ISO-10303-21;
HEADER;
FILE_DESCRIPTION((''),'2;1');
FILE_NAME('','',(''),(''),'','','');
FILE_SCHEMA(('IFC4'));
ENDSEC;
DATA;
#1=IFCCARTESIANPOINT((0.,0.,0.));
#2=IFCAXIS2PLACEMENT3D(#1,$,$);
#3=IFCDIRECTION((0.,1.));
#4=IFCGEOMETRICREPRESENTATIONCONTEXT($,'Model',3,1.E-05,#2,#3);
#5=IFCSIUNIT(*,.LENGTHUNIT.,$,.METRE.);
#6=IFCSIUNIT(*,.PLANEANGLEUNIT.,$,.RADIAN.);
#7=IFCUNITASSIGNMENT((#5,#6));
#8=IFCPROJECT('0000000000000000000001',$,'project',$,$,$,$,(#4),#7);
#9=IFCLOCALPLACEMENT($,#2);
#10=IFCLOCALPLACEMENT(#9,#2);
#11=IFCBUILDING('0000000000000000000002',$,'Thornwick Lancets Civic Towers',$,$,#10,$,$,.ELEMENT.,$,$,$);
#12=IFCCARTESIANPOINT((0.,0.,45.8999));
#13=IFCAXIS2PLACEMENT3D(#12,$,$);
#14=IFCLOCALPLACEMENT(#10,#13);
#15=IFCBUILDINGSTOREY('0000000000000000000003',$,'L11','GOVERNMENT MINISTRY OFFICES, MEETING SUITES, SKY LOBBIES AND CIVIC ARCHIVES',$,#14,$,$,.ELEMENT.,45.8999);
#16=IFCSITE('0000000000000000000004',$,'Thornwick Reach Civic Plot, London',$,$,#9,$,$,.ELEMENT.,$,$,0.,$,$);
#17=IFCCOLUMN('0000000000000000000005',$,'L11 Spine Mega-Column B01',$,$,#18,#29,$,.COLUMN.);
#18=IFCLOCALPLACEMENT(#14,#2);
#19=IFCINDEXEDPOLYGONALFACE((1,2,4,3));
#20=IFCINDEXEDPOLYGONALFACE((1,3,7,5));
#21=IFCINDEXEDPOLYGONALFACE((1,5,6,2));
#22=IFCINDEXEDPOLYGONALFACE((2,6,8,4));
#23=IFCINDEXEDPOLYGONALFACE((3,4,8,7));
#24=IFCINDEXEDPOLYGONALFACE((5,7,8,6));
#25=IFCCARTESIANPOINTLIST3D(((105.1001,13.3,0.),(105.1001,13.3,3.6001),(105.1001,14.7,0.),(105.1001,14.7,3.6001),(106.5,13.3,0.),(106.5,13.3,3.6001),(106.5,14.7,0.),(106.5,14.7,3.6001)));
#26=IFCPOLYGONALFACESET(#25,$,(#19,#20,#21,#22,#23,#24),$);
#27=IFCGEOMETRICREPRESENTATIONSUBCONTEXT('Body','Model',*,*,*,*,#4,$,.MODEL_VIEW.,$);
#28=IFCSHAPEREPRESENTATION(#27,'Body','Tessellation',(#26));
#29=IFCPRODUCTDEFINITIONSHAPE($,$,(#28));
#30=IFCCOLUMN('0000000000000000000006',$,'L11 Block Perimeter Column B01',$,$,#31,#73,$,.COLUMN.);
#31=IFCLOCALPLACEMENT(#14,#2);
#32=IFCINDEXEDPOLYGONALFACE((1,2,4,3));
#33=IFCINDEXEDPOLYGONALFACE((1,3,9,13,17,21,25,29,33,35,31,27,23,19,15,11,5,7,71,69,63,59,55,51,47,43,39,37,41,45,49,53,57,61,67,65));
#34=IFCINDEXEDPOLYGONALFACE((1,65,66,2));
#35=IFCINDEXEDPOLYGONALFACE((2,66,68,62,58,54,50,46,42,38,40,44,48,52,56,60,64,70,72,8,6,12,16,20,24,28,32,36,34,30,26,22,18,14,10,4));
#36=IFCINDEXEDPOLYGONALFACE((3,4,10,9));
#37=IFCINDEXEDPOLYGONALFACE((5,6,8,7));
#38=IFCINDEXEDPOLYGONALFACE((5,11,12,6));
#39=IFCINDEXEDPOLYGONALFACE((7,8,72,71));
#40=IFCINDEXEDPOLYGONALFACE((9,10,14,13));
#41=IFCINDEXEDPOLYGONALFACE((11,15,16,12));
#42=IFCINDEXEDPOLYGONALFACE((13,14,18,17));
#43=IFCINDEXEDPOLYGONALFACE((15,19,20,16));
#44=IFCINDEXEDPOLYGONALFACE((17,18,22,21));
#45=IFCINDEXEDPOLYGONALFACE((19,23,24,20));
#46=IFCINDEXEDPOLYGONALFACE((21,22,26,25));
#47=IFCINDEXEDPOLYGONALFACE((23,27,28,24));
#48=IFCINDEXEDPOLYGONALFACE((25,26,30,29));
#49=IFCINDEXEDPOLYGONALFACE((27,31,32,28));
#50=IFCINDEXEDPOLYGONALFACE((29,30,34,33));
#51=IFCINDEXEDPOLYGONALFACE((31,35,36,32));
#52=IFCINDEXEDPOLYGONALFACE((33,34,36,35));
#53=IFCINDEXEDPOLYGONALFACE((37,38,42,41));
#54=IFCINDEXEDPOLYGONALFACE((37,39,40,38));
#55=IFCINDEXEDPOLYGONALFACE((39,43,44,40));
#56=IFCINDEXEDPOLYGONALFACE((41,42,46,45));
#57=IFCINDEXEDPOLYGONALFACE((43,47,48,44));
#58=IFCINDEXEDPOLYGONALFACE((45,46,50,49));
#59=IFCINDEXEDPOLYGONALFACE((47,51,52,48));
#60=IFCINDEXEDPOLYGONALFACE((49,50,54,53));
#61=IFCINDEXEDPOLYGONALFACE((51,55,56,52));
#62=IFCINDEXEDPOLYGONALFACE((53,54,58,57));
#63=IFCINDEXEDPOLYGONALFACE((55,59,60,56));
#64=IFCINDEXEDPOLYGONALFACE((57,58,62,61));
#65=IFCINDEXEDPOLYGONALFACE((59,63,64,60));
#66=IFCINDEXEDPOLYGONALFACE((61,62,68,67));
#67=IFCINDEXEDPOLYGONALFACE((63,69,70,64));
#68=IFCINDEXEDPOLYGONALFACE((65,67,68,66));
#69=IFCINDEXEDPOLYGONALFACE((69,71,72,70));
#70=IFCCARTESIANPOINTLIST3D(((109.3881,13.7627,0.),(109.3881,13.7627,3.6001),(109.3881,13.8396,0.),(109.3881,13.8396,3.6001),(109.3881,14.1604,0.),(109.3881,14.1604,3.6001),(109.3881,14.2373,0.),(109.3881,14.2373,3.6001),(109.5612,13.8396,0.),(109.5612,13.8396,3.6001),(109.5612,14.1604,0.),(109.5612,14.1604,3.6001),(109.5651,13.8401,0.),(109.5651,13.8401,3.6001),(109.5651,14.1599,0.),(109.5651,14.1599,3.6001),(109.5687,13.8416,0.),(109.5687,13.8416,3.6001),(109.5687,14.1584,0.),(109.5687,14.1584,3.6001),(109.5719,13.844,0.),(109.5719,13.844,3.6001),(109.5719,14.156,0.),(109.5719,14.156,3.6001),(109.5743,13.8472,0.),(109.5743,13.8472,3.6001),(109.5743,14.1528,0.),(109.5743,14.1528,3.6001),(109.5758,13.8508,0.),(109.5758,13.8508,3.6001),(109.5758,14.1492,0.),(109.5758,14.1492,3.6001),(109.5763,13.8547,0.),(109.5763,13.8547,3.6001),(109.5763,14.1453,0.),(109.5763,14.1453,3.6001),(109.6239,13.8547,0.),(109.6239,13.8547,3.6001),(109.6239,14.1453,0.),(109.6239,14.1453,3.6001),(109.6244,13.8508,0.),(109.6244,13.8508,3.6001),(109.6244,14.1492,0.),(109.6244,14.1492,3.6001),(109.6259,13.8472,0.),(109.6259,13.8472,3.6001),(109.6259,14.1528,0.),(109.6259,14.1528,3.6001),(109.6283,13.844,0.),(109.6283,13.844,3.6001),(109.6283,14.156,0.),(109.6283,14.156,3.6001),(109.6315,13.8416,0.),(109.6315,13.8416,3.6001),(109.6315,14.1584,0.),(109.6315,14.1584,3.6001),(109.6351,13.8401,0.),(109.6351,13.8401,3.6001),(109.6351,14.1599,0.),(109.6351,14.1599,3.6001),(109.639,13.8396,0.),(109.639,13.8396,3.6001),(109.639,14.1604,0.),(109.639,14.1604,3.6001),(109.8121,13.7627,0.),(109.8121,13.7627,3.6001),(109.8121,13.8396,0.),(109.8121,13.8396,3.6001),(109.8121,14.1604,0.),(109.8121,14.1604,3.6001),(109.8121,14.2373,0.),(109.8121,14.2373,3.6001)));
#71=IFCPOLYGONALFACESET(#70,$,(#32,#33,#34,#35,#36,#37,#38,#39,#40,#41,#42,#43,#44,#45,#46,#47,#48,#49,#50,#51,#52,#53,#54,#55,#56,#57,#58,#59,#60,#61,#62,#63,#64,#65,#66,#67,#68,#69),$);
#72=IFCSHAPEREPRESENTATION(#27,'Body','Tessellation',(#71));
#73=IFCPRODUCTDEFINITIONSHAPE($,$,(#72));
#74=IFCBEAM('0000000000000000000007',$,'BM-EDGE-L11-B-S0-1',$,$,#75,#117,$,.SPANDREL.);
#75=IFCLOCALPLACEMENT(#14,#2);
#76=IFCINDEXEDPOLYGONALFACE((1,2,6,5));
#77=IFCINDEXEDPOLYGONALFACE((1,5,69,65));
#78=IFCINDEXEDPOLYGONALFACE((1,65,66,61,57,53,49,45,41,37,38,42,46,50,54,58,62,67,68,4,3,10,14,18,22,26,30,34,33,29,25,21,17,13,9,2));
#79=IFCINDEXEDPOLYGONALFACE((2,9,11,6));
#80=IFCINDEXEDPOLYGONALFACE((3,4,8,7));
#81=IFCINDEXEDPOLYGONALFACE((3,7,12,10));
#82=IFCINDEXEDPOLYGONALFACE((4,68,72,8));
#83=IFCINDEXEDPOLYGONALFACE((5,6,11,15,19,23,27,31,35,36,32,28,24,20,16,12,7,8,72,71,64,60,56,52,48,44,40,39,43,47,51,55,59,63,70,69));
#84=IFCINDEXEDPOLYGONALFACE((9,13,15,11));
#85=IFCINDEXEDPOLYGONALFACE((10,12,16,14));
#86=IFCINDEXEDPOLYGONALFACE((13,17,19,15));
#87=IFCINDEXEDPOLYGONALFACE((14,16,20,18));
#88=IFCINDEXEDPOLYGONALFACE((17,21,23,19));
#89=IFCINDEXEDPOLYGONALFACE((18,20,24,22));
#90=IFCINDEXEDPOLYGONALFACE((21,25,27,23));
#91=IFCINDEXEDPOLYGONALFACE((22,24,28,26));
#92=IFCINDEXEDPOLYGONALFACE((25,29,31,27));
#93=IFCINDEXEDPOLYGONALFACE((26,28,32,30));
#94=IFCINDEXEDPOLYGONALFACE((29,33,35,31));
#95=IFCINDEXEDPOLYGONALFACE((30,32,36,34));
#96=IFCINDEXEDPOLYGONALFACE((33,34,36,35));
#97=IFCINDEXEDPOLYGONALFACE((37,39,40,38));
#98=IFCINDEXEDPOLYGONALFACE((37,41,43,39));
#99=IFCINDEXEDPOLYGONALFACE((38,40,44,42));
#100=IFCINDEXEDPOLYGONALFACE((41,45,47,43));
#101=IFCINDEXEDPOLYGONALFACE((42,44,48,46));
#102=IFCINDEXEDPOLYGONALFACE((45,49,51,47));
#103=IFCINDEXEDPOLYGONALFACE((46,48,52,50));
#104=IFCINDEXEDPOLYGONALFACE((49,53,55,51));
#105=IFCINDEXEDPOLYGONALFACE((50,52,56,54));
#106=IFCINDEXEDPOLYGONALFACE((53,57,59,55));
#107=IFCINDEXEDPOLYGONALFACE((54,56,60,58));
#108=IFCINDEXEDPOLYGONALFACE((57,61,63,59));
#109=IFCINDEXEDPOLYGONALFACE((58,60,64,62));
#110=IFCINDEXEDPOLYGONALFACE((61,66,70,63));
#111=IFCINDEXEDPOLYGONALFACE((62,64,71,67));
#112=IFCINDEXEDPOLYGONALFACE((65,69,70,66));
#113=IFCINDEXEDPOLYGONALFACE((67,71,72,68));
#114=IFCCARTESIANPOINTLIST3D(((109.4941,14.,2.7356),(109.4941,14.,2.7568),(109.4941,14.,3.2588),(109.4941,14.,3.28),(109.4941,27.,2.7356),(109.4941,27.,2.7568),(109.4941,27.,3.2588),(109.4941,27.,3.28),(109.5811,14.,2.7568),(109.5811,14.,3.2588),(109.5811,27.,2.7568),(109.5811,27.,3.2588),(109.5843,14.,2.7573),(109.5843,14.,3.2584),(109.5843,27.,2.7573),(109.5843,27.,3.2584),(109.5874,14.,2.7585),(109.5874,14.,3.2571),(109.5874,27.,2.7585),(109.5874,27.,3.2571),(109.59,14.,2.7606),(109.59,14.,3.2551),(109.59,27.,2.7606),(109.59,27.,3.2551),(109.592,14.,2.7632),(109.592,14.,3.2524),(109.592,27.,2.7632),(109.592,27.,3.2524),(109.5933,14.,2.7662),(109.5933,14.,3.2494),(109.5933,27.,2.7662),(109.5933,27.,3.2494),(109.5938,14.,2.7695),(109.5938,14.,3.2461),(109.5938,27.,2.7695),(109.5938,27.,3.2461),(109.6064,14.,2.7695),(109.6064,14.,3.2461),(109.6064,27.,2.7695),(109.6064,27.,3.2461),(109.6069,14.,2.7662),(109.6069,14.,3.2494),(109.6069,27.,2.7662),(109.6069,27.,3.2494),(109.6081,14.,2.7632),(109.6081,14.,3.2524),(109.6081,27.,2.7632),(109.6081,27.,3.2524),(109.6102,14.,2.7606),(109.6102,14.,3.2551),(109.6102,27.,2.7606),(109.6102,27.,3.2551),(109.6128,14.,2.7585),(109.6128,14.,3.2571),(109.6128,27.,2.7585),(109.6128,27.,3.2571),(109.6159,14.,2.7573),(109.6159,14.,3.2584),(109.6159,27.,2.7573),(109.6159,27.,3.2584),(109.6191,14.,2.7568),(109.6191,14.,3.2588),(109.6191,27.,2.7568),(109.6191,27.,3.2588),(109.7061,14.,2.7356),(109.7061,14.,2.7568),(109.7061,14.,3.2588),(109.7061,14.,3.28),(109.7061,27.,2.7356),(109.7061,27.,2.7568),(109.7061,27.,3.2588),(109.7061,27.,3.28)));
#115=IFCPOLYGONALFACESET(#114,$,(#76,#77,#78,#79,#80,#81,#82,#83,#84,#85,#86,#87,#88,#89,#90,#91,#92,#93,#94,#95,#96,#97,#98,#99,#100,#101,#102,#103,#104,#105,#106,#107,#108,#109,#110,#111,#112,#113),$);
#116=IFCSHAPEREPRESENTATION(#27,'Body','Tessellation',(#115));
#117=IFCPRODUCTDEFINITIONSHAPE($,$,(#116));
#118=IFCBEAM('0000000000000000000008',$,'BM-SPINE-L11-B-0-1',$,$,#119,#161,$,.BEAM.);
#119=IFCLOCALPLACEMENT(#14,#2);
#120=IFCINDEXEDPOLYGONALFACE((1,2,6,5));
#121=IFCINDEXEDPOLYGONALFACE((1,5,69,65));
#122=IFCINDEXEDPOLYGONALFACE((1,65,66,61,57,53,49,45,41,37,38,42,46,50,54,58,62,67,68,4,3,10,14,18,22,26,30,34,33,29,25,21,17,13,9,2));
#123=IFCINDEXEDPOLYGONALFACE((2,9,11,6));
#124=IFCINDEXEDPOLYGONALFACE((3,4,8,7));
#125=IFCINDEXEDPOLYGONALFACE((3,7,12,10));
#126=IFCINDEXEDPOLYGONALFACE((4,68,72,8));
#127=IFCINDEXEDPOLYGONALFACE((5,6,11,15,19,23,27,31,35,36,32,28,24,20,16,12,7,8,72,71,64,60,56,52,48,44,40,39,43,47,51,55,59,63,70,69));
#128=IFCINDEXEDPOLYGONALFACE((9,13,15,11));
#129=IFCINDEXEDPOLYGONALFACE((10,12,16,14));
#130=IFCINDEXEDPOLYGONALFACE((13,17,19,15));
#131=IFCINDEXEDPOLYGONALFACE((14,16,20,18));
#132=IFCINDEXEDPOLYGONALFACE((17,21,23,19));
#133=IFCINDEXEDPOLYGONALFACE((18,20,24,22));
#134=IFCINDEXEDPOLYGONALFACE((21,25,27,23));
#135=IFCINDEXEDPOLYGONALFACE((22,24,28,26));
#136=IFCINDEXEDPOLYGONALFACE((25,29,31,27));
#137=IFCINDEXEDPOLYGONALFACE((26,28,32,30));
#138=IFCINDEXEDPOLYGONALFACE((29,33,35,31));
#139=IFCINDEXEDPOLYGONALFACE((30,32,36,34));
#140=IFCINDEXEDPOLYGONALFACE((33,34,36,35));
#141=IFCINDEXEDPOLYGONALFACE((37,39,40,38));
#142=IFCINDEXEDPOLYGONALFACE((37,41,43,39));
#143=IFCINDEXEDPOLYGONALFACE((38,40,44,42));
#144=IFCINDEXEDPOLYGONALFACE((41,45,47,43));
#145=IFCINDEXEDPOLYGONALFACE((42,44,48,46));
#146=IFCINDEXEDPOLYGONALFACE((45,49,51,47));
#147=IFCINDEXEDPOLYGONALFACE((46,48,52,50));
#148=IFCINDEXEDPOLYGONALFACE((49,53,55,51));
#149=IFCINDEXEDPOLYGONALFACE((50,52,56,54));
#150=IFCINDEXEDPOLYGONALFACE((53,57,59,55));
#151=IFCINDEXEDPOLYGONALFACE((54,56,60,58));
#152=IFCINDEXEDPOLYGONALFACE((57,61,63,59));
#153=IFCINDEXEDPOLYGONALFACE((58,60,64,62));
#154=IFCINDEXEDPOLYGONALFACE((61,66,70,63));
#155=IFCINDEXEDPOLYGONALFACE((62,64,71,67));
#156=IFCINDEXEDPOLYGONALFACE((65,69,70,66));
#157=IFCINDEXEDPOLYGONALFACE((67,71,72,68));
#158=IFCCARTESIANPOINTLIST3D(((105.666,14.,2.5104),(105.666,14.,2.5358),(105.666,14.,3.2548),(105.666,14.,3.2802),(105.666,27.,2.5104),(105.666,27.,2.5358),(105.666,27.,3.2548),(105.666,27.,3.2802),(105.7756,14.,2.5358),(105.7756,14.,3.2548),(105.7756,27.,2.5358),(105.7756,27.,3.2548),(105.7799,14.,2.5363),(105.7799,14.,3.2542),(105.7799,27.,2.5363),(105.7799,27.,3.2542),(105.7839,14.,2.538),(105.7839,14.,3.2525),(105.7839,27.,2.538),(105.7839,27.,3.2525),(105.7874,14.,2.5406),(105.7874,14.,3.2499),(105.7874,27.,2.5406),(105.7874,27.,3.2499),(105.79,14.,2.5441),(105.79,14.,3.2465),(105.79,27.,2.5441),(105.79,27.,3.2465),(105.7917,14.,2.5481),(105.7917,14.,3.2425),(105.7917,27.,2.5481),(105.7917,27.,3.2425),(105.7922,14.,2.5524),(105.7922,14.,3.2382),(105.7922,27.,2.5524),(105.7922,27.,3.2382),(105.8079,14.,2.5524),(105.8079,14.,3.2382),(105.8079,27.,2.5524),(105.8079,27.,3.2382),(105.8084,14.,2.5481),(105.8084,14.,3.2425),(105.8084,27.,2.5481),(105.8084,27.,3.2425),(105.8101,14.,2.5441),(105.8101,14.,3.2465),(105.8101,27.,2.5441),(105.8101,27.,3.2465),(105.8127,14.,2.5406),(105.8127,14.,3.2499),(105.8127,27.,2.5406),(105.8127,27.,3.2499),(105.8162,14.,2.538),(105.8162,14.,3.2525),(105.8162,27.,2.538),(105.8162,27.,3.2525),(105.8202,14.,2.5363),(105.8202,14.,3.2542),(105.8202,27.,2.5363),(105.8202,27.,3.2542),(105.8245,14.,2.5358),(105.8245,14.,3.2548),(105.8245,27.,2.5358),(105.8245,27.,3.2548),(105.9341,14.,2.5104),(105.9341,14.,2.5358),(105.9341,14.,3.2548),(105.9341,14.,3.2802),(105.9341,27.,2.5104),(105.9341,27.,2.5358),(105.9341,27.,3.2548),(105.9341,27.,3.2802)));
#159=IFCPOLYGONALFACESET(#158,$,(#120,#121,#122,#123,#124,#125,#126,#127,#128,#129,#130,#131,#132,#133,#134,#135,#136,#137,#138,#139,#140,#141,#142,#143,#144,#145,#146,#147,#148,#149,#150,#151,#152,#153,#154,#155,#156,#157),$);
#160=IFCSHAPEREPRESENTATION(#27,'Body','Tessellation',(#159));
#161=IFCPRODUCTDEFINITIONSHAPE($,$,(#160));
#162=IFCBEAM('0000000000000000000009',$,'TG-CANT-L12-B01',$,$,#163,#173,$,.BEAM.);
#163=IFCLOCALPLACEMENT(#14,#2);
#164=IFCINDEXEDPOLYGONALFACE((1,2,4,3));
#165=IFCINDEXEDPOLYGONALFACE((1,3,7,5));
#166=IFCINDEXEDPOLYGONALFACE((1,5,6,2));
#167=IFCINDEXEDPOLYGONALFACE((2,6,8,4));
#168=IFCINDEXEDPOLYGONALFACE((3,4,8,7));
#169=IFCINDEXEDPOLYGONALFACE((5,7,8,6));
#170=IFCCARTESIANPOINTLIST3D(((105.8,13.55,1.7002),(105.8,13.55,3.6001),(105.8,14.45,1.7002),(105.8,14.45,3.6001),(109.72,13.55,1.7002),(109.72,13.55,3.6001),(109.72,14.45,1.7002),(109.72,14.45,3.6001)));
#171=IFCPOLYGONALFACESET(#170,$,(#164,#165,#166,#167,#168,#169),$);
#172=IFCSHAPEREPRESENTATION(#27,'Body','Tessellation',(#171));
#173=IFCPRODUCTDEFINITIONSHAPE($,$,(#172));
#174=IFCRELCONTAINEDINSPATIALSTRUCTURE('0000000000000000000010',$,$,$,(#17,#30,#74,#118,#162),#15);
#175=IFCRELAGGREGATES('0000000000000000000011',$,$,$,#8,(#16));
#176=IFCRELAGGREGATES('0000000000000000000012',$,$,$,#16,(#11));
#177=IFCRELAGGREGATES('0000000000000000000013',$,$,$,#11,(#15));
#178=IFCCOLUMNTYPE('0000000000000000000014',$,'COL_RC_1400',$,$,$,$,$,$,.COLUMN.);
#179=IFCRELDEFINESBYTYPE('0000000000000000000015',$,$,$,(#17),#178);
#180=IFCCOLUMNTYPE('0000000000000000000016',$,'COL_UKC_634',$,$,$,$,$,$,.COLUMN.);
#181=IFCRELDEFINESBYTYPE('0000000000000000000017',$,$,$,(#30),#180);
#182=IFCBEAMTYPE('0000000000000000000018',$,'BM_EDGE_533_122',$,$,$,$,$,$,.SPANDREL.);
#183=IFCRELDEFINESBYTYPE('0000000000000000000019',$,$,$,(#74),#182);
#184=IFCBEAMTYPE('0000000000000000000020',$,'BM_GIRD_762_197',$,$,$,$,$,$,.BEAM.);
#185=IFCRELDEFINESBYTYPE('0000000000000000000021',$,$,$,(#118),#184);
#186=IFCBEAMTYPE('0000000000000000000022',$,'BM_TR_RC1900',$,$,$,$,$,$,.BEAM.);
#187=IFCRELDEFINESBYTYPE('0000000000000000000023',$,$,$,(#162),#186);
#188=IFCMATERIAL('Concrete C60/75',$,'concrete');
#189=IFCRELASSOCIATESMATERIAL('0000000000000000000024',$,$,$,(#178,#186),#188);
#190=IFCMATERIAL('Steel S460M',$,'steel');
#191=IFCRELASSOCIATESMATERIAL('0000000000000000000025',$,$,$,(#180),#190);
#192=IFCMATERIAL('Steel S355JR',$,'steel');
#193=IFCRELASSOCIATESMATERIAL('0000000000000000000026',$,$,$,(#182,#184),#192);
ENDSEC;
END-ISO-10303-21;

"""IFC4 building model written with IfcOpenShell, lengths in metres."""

from ifc_helpers import new_model, si_unit, direction, frame, origin, origin_2d, place, context, subcontext, project, spatial, rectangle, i_section, extrude, material, material_profile, profile_set, type_object, element, save


model = new_model("IFC4")

# Units and contexts
model_context = context("Model", 3, precision=1e-05, world=origin(), true_north=direction((0.0, 1.0)))
body_context = subcontext(model_context, "Body", "Model", "MODEL_VIEW")
ifc_project = project(units=[si_unit("LENGTHUNIT", "METRE"), si_unit("PLANEANGLEUNIT", "RADIAN")], contexts=[model_context])

# Site, building, storey
site_placement = place(None, origin())
site = spatial("IfcSite", under=ifc_project, at=site_placement, Name="Thornwick Reach Civic Plot, London", CompositionType="ELEMENT", RefElevation=0.0)
building_placement = place(site_placement, origin())
building = spatial("IfcBuilding", under=site, at=building_placement, Name="Thornwick Lancets Civic Towers", CompositionType="ELEMENT")
storey_placement = place(building_placement, frame((0.0, 0.0, 45.8999)))
storey = spatial("IfcBuildingStorey", under=building, at=storey_placement, Name="L11", Description="GOVERNMENT MINISTRY OFFICES, MEETING SUITES, SKY LOBBIES AND CIVIC ARCHIVES", CompositionType="ELEMENT", Elevation=45.8999)

# Columns
ifc_material_1 = material(Name="Concrete C60/75", Category="concrete")
ifc_material_profile_1 = material_profile(ifc_material_1, rectangle(XDim=1.3999, YDim=1.3999, at=origin_2d()), Name="RC 1400x1400")
ifc_profile_set_1 = profile_set([ifc_material_profile_1], Name="Concrete C60/75")
column_type_1 = type_object("IfcColumnType", Name="COL_RC_1400", PredefinedType="COLUMN", material=ifc_profile_set_1)
column_1_placement = place(storey_placement, frame((105.8, 14.0, 0.0), z_axis=(0.0, 0.0, 1.0), x_axis=(1.0, 0.0, 0.0)))
element("IfcColumn", 1, at=column_1_placement, inside=storey, type_object=column_type_1, Name="L11 Spine Mega-Column B01", PredefinedType="COLUMN", context=body_context, shape_type="SweptSolid", body=[
    extrude(rectangle(XDim=1.3999, YDim=1.3999, at=origin_2d()), origin(), (0.0, 0.0, 1.0), 3.6001),
])
ifc_material_2 = material(Name="Steel S460M", Category="steel")
ifc_material_profile_2 = material_profile(ifc_material_2, i_section(OverallWidth=0.4241, OverallDepth=0.4746, WebThickness=0.0476, FlangeThickness=0.0769, FilletRadius=0.0151, at=origin_2d()), Name="UKC 356x406x634")
ifc_profile_set_2 = profile_set([ifc_material_profile_2], Name="Steel S460M")
column_type_2 = type_object("IfcColumnType", Name="COL_UKC_634", PredefinedType="COLUMN", material=ifc_profile_set_2)
column_2_placement = place(storey_placement, frame((109.6001, 14.0, 0.0), z_axis=(0.0, 0.0, 1.0), x_axis=(1.0, 0.0, 0.0)))
element("IfcColumn", 2, at=column_2_placement, inside=storey, type_object=column_type_2, Name="L11 Block Perimeter Column B01", PredefinedType="COLUMN", context=body_context, shape_type="SweptSolid", body=[
    extrude(i_section(OverallWidth=0.4241, OverallDepth=0.4746, WebThickness=0.0476, FlangeThickness=0.0769, FilletRadius=0.0151, at=origin_2d()), origin(), (0.0, 0.0, 1.0), 3.6001),
])

# Beams
ifc_material_3 = material(Name="Steel S355JR", Category="steel")
ifc_material_profile_3 = material_profile(ifc_material_3, i_section(OverallWidth=0.2119, OverallDepth=0.5444, WebThickness=0.0127, FlangeThickness=0.0212, FilletRadius=0.0127, at=origin_2d()), Name="UKB 533x210x122")
ifc_profile_set_3 = profile_set([ifc_material_profile_3], Name="Steel S355JR")
beam_type_1 = type_object("IfcBeamType", Name="BM_EDGE_533_122", PredefinedType="SPANDREL", material=ifc_profile_set_3)
beam_1_placement = place(storey_placement, frame((109.6001, 14.0, 3.0078), z_axis=(0.0, 1.0, 0.0), x_axis=(-1.0, 0.0, 0.0)))
element("IfcBeam", 3, at=beam_1_placement, inside=storey, type_object=beam_type_1, Name="BM-EDGE-L11-B-S0-1", PredefinedType="SPANDREL", context=body_context, shape_type="SweptSolid", body=[
    extrude(i_section(OverallWidth=0.2119, OverallDepth=0.5444, WebThickness=0.0127, FlangeThickness=0.0212, FilletRadius=0.0127, at=origin_2d()), origin(), (0.0, 0.0, 1.0), 13.0),
])
ifc_material_profile_4 = material_profile(ifc_material_3, i_section(OverallWidth=0.2681, OverallDepth=0.7698, WebThickness=0.0156, FlangeThickness=0.0254, FilletRadius=0.0166, at=origin_2d()), Name="UKB 762x267x197")
ifc_profile_set_4 = profile_set([ifc_material_profile_4], Name="Steel S355JR")
beam_type_2 = type_object("IfcBeamType", Name="BM_GIRD_762_197", PredefinedType="BEAM", material=ifc_profile_set_4)
beam_2_placement = place(storey_placement, frame((105.8, 14.0, 2.8953), z_axis=(0.0, 1.0, 0.0), x_axis=(-1.0, 0.0, 0.0)))
element("IfcBeam", 4, at=beam_2_placement, inside=storey, type_object=beam_type_2, Name="BM-SPINE-L11-B-0-1", PredefinedType="BEAM", context=body_context, shape_type="SweptSolid", body=[
    extrude(i_section(OverallWidth=0.2681, OverallDepth=0.7698, WebThickness=0.0156, FlangeThickness=0.0254, FilletRadius=0.0166, at=origin_2d()), origin(), (0.0, 0.0, 1.0), 13.0),
])
ifc_material_profile_5 = material_profile(ifc_material_1, rectangle(XDim=0.8999, YDim=1.8999, at=origin_2d()), Name="RC 900x1900")
ifc_profile_set_5 = profile_set([ifc_material_profile_5], Name="Concrete C60/75")
beam_type_3 = type_object("IfcBeamType", Name="BM_TR_RC1900", PredefinedType="BEAM", material=ifc_profile_set_5)
beam_3_placement = place(storey_placement, frame((105.8, 14.0, 2.6501), z_axis=(1.0, 0.0, 0.0), x_axis=(0.0, 1.0, 0.0)))
element("IfcBeam", 5, at=beam_3_placement, inside=storey, type_object=beam_type_3, Name="TG-CANT-L12-B01", PredefinedType="BEAM", context=body_context, shape_type="SweptSolid", body=[
    extrude(rectangle(XDim=0.8999, YDim=1.8999, at=origin_2d()), origin(), (0.0, 0.0, 1.0), 3.9199),
])

save(model, "model.ifc")
